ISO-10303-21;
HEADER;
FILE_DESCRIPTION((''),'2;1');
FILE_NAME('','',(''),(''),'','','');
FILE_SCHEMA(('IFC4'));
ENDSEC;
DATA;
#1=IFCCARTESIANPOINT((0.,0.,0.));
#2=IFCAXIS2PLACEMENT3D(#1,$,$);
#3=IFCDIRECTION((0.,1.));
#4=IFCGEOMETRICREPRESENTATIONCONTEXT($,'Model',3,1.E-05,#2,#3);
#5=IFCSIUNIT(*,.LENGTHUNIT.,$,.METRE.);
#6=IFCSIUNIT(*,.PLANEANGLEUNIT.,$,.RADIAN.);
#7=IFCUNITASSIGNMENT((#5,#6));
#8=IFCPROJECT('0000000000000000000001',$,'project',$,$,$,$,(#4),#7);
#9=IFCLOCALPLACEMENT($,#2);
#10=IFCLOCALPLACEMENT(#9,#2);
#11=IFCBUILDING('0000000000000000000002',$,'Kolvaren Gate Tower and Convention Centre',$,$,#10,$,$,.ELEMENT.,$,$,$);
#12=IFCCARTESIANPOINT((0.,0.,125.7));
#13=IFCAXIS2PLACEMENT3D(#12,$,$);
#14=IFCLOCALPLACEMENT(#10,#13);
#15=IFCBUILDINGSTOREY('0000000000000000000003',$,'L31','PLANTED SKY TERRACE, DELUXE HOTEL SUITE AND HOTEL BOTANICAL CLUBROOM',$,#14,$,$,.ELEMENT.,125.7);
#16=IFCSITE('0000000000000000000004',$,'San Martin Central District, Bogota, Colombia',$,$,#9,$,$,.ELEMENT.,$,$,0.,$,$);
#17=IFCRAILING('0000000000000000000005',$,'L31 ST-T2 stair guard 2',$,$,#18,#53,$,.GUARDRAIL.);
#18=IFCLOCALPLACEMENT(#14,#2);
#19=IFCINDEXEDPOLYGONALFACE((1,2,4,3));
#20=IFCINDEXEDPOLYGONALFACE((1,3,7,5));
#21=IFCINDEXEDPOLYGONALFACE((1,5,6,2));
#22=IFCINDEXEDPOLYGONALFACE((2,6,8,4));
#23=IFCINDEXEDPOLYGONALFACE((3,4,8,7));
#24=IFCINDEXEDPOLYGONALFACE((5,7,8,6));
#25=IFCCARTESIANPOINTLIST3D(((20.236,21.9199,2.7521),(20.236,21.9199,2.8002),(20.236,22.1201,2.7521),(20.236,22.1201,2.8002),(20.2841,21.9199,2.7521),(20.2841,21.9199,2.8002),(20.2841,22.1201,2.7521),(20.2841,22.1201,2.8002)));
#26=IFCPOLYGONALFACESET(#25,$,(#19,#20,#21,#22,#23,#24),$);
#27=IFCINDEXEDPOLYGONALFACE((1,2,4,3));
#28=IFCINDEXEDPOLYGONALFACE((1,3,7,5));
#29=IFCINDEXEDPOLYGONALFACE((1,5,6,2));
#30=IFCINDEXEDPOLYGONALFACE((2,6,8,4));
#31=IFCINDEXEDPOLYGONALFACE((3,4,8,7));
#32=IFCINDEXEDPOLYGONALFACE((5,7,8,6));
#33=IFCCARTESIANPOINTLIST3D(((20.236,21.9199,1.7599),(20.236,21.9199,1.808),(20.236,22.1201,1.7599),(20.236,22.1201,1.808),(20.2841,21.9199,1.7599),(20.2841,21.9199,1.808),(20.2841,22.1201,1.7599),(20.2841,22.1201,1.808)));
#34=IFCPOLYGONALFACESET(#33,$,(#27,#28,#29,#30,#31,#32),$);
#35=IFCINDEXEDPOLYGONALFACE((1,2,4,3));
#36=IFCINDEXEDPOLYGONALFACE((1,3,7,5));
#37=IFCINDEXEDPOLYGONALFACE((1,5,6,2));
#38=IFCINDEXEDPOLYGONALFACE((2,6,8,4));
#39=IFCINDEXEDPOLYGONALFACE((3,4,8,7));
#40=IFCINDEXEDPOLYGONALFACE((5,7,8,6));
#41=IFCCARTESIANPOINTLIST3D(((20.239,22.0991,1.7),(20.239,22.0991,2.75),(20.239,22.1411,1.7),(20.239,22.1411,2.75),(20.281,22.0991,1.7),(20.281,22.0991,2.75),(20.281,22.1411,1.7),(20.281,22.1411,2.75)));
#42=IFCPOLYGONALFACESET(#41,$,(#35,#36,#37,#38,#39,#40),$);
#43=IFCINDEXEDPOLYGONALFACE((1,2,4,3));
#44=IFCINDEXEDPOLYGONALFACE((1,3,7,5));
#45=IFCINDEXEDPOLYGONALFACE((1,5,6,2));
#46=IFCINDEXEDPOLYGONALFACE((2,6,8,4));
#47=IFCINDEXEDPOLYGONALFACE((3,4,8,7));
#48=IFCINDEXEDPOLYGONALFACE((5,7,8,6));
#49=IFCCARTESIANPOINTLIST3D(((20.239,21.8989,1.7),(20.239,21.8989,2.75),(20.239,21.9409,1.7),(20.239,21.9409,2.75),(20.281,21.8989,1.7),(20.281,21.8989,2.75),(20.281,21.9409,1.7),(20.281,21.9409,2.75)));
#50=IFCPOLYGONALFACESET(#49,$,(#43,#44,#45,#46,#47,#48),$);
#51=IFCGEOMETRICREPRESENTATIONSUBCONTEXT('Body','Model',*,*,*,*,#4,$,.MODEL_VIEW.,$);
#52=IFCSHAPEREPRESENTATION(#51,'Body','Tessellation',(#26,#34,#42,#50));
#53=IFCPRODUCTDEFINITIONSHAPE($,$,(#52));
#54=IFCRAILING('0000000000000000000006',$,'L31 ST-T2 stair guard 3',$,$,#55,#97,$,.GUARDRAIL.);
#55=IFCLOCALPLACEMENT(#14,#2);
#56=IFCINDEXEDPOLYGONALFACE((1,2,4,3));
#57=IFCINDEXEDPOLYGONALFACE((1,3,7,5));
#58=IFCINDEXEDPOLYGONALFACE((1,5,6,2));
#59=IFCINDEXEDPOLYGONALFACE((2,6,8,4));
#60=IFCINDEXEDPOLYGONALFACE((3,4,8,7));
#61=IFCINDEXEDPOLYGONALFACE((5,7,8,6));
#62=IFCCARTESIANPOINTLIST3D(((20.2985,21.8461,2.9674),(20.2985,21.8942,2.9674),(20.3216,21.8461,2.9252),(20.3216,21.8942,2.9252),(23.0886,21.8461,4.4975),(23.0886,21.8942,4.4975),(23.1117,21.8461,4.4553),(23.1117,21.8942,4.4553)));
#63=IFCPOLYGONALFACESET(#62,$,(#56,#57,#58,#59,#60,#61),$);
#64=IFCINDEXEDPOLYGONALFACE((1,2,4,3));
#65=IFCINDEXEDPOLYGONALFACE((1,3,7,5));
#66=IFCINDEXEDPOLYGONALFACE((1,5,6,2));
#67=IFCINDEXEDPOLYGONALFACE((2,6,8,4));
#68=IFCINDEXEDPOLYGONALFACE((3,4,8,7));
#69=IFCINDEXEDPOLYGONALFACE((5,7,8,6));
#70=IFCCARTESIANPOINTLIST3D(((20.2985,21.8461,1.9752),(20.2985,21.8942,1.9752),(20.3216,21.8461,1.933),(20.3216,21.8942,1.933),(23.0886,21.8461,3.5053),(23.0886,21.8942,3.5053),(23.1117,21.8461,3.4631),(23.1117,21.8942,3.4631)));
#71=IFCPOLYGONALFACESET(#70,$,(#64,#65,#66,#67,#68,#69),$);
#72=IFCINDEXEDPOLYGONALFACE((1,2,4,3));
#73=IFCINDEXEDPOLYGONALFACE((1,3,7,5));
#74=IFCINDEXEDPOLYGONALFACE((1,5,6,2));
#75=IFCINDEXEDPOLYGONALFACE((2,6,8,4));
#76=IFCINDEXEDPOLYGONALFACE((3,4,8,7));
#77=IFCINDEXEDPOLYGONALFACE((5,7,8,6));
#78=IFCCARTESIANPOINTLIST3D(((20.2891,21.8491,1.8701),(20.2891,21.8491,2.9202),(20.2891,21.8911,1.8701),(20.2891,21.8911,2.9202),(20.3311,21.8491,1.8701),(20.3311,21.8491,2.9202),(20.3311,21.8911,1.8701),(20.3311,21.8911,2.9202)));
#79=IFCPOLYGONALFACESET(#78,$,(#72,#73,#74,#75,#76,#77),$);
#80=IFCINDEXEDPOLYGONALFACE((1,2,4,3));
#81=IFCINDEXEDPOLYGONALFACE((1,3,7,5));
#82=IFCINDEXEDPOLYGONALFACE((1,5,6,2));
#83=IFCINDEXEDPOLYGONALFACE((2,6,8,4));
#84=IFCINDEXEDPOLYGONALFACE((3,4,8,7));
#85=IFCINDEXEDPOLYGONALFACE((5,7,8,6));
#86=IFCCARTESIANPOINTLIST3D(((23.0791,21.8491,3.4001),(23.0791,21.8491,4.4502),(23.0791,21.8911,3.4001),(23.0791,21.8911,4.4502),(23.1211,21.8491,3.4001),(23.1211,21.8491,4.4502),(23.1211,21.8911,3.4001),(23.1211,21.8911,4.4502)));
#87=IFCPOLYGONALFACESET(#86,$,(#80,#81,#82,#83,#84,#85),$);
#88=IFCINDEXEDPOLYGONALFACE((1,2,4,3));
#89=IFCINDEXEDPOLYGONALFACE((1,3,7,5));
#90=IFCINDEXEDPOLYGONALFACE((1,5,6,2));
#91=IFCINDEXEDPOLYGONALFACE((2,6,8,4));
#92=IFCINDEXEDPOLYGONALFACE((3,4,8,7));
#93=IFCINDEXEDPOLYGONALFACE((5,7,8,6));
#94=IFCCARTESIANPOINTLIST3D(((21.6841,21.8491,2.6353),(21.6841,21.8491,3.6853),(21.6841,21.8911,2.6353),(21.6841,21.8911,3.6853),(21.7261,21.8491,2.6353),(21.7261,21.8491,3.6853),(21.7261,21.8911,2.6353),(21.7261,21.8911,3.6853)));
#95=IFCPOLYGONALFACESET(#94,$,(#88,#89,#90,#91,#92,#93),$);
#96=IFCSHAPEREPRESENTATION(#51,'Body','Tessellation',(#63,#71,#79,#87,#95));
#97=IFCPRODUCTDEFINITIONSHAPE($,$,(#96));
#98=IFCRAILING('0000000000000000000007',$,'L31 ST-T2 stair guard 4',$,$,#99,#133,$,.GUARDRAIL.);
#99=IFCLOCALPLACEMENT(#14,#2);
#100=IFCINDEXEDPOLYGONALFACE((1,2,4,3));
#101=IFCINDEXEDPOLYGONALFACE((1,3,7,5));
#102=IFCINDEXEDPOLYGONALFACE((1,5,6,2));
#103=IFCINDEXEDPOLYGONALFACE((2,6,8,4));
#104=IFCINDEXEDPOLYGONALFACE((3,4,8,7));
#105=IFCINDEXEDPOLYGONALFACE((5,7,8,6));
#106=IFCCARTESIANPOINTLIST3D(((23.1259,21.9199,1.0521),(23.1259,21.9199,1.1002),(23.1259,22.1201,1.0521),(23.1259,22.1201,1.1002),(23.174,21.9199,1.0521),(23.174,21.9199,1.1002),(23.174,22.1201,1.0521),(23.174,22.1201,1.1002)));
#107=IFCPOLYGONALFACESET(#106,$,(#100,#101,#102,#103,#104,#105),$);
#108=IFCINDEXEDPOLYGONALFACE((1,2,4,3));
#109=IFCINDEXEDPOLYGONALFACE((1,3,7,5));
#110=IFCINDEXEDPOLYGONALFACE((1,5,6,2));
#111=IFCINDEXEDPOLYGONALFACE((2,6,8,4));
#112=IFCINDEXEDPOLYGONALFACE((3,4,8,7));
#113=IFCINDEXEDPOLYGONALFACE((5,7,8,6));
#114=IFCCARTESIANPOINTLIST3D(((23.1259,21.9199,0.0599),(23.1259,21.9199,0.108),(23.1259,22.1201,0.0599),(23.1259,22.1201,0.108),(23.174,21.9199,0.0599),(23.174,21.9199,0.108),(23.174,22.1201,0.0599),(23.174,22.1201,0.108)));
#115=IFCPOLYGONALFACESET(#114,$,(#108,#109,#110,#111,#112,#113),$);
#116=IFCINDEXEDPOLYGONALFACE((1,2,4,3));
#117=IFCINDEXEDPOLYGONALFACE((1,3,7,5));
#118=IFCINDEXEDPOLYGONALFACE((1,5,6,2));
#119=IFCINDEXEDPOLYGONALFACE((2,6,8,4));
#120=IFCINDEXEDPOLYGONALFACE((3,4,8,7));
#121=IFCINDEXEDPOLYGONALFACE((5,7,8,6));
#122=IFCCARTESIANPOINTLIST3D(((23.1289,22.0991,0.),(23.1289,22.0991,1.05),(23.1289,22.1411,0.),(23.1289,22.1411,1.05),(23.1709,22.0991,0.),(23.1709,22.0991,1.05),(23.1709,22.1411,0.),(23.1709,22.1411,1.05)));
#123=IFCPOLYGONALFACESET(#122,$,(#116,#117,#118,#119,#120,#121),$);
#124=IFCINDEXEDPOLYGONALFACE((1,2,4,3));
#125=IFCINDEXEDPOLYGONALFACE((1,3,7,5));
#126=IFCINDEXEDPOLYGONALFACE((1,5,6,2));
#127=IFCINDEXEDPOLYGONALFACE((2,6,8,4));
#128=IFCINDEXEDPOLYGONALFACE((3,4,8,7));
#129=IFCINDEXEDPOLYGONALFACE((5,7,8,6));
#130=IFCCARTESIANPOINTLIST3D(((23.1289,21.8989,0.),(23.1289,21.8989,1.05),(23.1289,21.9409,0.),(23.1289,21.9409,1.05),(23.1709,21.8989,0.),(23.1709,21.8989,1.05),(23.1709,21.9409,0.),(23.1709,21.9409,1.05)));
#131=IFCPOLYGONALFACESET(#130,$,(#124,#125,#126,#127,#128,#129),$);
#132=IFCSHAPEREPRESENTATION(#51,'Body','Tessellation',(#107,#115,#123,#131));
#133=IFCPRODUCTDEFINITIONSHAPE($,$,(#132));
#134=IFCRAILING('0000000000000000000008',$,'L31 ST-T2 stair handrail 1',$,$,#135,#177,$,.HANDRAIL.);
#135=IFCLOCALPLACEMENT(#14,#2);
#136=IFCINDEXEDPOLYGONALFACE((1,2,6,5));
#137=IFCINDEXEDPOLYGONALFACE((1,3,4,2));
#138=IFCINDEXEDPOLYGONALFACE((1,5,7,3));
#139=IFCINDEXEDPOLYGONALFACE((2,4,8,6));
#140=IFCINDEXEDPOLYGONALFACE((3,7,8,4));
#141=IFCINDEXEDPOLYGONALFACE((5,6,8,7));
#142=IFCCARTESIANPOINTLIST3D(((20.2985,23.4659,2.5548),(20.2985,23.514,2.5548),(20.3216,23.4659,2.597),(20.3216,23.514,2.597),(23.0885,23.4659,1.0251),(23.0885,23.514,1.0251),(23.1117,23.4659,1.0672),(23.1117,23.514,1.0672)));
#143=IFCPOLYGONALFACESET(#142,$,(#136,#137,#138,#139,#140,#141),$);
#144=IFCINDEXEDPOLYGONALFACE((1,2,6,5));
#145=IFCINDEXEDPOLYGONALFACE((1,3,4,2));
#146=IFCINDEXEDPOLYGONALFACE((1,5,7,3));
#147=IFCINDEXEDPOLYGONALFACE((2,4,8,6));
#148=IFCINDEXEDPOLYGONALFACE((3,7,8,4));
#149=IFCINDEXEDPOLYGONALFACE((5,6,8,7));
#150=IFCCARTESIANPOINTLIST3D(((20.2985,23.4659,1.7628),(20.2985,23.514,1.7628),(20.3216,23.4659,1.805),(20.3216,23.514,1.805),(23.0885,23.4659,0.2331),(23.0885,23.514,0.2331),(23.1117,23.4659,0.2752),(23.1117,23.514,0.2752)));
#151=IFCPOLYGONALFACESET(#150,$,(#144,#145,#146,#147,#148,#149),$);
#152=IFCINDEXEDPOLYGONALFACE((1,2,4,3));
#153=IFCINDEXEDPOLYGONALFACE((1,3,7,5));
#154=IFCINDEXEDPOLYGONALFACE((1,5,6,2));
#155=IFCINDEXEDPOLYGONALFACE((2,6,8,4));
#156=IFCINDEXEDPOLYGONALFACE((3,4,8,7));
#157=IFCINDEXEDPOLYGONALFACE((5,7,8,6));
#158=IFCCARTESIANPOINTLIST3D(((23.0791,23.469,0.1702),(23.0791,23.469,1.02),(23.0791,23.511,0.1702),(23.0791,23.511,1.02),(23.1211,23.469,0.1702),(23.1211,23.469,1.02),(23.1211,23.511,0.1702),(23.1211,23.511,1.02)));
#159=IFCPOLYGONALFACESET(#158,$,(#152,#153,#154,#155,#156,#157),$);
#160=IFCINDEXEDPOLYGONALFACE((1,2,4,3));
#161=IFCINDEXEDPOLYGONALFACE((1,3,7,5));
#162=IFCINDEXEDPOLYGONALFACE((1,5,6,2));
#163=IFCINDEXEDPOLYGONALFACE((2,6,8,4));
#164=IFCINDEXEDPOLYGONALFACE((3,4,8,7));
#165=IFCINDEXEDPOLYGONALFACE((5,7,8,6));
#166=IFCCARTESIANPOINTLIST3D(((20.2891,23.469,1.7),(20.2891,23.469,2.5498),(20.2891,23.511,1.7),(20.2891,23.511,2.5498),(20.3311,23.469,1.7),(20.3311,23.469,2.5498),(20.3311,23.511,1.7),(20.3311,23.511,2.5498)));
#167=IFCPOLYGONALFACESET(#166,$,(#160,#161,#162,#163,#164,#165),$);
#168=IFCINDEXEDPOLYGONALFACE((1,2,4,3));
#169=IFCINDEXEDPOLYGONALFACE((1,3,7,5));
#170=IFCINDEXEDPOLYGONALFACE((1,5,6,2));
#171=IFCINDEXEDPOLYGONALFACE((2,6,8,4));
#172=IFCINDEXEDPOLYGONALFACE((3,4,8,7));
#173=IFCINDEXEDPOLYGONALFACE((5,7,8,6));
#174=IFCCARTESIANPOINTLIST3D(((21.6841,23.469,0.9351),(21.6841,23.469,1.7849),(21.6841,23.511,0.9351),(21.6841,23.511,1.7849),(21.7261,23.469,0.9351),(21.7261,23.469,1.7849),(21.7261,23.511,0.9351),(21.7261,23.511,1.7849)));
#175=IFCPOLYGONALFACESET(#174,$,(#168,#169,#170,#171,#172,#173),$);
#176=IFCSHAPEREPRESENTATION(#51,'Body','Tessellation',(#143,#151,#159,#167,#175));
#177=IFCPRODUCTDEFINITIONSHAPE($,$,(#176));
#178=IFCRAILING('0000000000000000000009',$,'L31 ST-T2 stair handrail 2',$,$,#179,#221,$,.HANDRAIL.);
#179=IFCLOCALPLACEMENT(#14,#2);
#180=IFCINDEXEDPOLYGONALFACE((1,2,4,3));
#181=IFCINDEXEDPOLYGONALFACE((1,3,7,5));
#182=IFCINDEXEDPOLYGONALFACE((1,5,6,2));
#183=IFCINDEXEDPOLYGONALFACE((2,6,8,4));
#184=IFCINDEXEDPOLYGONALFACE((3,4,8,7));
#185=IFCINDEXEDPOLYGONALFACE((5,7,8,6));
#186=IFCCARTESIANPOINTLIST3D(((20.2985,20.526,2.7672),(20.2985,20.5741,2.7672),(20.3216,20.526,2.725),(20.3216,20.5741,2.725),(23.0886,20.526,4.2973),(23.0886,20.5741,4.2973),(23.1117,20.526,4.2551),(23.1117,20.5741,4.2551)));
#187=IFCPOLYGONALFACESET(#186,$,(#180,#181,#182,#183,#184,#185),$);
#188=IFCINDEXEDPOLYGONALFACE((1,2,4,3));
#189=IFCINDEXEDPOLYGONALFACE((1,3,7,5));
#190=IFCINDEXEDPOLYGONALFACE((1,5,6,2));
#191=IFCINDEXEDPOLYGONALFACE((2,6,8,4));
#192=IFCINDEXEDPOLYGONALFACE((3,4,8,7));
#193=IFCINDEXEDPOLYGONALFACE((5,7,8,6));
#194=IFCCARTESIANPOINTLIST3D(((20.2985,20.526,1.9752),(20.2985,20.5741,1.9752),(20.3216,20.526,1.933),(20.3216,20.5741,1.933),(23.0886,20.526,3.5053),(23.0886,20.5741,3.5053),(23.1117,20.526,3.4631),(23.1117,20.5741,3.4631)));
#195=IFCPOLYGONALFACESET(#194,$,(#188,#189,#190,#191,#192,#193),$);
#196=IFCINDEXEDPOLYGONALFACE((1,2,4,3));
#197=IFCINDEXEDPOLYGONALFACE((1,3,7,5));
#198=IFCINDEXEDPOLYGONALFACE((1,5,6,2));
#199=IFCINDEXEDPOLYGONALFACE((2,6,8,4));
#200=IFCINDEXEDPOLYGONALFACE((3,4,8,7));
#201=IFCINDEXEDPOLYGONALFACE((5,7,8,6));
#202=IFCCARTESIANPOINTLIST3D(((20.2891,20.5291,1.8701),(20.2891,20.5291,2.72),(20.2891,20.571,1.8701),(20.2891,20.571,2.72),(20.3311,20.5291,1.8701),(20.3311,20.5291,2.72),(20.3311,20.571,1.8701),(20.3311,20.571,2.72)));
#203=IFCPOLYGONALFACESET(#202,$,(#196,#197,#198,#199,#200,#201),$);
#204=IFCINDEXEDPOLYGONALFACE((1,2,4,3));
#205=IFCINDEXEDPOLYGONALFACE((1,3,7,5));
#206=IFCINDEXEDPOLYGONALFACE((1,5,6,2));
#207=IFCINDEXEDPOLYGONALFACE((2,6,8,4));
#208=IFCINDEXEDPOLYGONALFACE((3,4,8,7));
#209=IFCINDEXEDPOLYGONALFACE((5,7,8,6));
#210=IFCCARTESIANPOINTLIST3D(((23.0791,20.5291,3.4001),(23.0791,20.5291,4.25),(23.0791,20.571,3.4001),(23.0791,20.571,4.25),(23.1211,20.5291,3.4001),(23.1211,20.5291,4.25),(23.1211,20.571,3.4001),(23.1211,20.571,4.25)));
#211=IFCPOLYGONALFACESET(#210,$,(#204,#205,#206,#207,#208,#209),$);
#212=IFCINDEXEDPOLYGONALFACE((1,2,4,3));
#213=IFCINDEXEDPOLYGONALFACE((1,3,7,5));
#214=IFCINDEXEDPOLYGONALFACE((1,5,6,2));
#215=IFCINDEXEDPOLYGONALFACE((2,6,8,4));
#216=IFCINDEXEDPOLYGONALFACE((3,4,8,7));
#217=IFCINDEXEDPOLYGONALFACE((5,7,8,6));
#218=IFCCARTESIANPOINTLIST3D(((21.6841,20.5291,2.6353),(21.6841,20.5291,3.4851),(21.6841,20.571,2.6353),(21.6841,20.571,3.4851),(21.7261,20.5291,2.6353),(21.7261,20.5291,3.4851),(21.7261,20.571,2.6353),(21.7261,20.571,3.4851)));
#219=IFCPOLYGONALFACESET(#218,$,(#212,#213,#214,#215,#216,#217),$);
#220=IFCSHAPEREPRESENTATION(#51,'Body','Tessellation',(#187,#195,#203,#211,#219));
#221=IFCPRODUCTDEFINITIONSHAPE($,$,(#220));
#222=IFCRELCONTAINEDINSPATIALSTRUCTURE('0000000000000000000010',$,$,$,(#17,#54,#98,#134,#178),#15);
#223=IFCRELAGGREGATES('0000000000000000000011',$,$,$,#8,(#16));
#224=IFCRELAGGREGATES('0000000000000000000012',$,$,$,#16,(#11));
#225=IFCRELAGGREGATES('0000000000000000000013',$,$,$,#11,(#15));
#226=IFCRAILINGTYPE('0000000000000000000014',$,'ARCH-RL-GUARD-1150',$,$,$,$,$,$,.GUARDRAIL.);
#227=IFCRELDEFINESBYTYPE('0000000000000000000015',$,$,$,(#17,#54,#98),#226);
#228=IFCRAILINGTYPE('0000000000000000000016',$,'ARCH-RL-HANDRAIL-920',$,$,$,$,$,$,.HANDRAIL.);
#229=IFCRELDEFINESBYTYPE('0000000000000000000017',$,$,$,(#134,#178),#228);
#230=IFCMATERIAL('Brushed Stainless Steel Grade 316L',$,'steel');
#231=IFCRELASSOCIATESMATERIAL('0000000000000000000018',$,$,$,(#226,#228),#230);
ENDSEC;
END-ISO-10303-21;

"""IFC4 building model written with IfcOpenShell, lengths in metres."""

from ifc_helpers import new_model, si_unit, direction, frame, origin, origin_2d, place, context, subcontext, project, spatial, rectangle, extrude, material, type_object, element, save


model = new_model("IFC4")

# Units and contexts
model_context = context("Model", 3, precision=1e-05, world=origin(), true_north=direction((0.0, 1.0)))
body_context = subcontext(model_context, "Body", "Model", "MODEL_VIEW")
ifc_project = project(units=[si_unit("LENGTHUNIT", "METRE"), si_unit("PLANEANGLEUNIT", "RADIAN")], contexts=[model_context])

# Site, building, storey
site_placement = place(None, origin())
site = spatial("IfcSite", under=ifc_project, at=site_placement, Name="San Martin Central District, Bogota, Colombia", CompositionType="ELEMENT", RefElevation=0.0)
building_placement = place(site_placement, origin())
building = spatial("IfcBuilding", under=site, at=building_placement, Name="Kolvaren Gate Tower and Convention Centre", CompositionType="ELEMENT")
storey_placement = place(building_placement, frame((0.0, 0.0, 125.7)))
storey = spatial("IfcBuildingStorey", under=building, at=storey_placement, Name="L31", Description="PLANTED SKY TERRACE, DELUXE HOTEL SUITE AND HOTEL BOTANICAL CLUBROOM", CompositionType="ELEMENT", Elevation=125.7)

# Shared definitions
ifc_material_1 = material(Name="Brushed Stainless Steel Grade 316L", Category="steel")

# Railings
railing_type_1 = type_object("IfcRailingType", Name="ARCH-RL-GUARD-1150", PredefinedType="GUARDRAIL", material=ifc_material_1)
railing_1_placement = place(storey_placement, frame((20.26, 22.1201, 1.7)))
element("IfcRailing", 1, at=railing_1_placement, inside=storey, type_object=railing_type_1, Name="L31 ST-T2 stair guard 2", PredefinedType="GUARDRAIL", context=body_context, shape_type="SweptSolid", body=[
    extrude(rectangle(XDim=0.0481, YDim=0.0481, at=origin_2d()), frame((0.0, 0.0, 1.0762), z_axis=(0.0, -1.0, 0.0), x_axis=(1.0, 0.0, 0.0)), (0.0, 0.0, 1.0), 0.2002),
    extrude(rectangle(XDim=0.0481, YDim=0.0481, at=origin_2d()), frame((0.0, 0.0, 0.084), z_axis=(0.0, -1.0, 0.0), x_axis=(1.0, 0.0, 0.0)), (0.0, 0.0, 1.0), 0.2002),
    extrude(rectangle(XDim=0.042, YDim=0.042, at=origin_2d()), origin(), (0.0, 0.0, 1.0), 1.05),
    extrude(rectangle(XDim=0.042, YDim=0.042, at=origin_2d()), frame((0.0, -0.2002, 0.0)), (0.0, 0.0, 1.0), 1.05),
])
railing_2_placement = place(storey_placement, frame((20.3101, 21.8701, 1.8701)))
element("IfcRailing", 2, at=railing_2_placement, inside=storey, type_object=railing_type_1, Name="L31 ST-T2 stair guard 3", PredefinedType="GUARDRAIL", context=body_context, shape_type="SweptSolid", body=[
    extrude(rectangle(XDim=0.0481, YDim=0.0481, at=origin_2d()), frame((0.0, 0.0, 1.0762), z_axis=(0.876811, 0.0, 0.480835), x_axis=(0.0, 1.0, 0.0)), (0.0, 0.0, 1.0), 3.1821),
    extrude(rectangle(XDim=0.0481, YDim=0.0481, at=origin_2d()), frame((0.0, 0.0, 0.084), z_axis=(0.876811, 0.0, 0.480835), x_axis=(0.0, 1.0, 0.0)), (0.0, 0.0, 1.0), 3.1821),
    extrude(rectangle(XDim=0.042, YDim=0.042, at=origin_2d()), origin(), (0.0, 0.0, 1.0), 1.05),
    extrude(rectangle(XDim=0.042, YDim=0.042, at=origin_2d()), frame((2.79, 0.0, 1.53)), (0.0, 0.0, 1.0), 1.05),
    extrude(rectangle(XDim=0.042, YDim=0.042, at=origin_2d()), frame((1.395, 0.0, 0.7651)), (0.0, 0.0, 1.0), 1.05),
])
railing_3_placement = place(storey_placement, frame((23.1499, 22.1201, 0.0)))
element("IfcRailing", 3, at=railing_3_placement, inside=storey, type_object=railing_type_1, Name="L31 ST-T2 stair guard 4", PredefinedType="GUARDRAIL", context=body_context, shape_type="SweptSolid", body=[
    extrude(rectangle(XDim=0.0481, YDim=0.0481, at=origin_2d()), frame((0.0, 0.0, 1.0762), z_axis=(0.0, -1.0, 0.0), x_axis=(1.0, 0.0, 0.0)), (0.0, 0.0, 1.0), 0.2002),
    extrude(rectangle(XDim=0.0481, YDim=0.0481, at=origin_2d()), frame((0.0, 0.0, 0.084), z_axis=(0.0, -1.0, 0.0), x_axis=(1.0, 0.0, 0.0)), (0.0, 0.0, 1.0), 0.2002),
    extrude(rectangle(XDim=0.042, YDim=0.042, at=origin_2d()), origin(), (0.0, 0.0, 1.0), 1.05),
    extrude(rectangle(XDim=0.042, YDim=0.042, at=origin_2d()), frame((0.0, -0.2002, 0.0)), (0.0, 0.0, 1.0), 1.05),
])
railing_type_2 = type_object("IfcRailingType", Name="ARCH-RL-HANDRAIL-920", PredefinedType="HANDRAIL", material=ifc_material_1)
railing_4_placement = place(storey_placement, frame((23.1001, 23.49, 0.1702)))
element("IfcRailing", 4, at=railing_4_placement, inside=storey, type_object=railing_type_2, Name="L31 ST-T2 stair handrail 1", PredefinedType="HANDRAIL", context=body_context, shape_type="SweptSolid", body=[
    extrude(rectangle(XDim=0.0481, YDim=0.0481, at=origin_2d()), frame((0.0, 0.0, 0.876), z_axis=(-0.876844, 0.0, 0.480776), x_axis=(0.0, -1.0, 0.0)), (0.0, 0.0, 1.0), 3.1819),
    extrude(rectangle(XDim=0.0481, YDim=0.0481, at=origin_2d()), frame((0.0, 0.0, 0.084), z_axis=(-0.876844, 0.0, 0.480776), x_axis=(0.0, -1.0, 0.0)), (0.0, 0.0, 1.0), 3.1819),
    extrude(rectangle(XDim=0.042, YDim=0.042, at=origin_2d()), origin(), (0.0, 0.0, 1.0), 0.8499),
    extrude(rectangle(XDim=0.042, YDim=0.042, at=origin_2d()), frame((-2.79, 0.0, 1.5298)), (0.0, 0.0, 1.0), 0.8499),
    extrude(rectangle(XDim=0.042, YDim=0.042, at=origin_2d()), frame((-1.395, 0.0, 0.7649)), (0.0, 0.0, 1.0), 0.8499),
])
railing_5_placement = place(storey_placement, frame((20.3101, 20.55, 1.8701)))
element("IfcRailing", 5, at=railing_5_placement, inside=storey, type_object=railing_type_2, Name="L31 ST-T2 stair handrail 2", PredefinedType="HANDRAIL", context=body_context, shape_type="SweptSolid", body=[
    extrude(rectangle(XDim=0.0481, YDim=0.0481, at=origin_2d()), frame((0.0, 0.0, 0.876), z_axis=(0.876811, 0.0, 0.480835), x_axis=(0.0, 1.0, 0.0)), (0.0, 0.0, 1.0), 3.1821),
    extrude(rectangle(XDim=0.0481, YDim=0.0481, at=origin_2d()), frame((0.0, 0.0, 0.084), z_axis=(0.876811, 0.0, 0.480835), x_axis=(0.0, 1.0, 0.0)), (0.0, 0.0, 1.0), 3.1821),
    extrude(rectangle(XDim=0.042, YDim=0.042, at=origin_2d()), origin(), (0.0, 0.0, 1.0), 0.8499),
    extrude(rectangle(XDim=0.042, YDim=0.042, at=origin_2d()), frame((2.79, 0.0, 1.53)), (0.0, 0.0, 1.0), 0.8499),
    extrude(rectangle(XDim=0.042, YDim=0.042, at=origin_2d()), frame((1.395, 0.0, 0.7651)), (0.0, 0.0, 1.0), 0.8499),
])

save(model, "model.ifc")
